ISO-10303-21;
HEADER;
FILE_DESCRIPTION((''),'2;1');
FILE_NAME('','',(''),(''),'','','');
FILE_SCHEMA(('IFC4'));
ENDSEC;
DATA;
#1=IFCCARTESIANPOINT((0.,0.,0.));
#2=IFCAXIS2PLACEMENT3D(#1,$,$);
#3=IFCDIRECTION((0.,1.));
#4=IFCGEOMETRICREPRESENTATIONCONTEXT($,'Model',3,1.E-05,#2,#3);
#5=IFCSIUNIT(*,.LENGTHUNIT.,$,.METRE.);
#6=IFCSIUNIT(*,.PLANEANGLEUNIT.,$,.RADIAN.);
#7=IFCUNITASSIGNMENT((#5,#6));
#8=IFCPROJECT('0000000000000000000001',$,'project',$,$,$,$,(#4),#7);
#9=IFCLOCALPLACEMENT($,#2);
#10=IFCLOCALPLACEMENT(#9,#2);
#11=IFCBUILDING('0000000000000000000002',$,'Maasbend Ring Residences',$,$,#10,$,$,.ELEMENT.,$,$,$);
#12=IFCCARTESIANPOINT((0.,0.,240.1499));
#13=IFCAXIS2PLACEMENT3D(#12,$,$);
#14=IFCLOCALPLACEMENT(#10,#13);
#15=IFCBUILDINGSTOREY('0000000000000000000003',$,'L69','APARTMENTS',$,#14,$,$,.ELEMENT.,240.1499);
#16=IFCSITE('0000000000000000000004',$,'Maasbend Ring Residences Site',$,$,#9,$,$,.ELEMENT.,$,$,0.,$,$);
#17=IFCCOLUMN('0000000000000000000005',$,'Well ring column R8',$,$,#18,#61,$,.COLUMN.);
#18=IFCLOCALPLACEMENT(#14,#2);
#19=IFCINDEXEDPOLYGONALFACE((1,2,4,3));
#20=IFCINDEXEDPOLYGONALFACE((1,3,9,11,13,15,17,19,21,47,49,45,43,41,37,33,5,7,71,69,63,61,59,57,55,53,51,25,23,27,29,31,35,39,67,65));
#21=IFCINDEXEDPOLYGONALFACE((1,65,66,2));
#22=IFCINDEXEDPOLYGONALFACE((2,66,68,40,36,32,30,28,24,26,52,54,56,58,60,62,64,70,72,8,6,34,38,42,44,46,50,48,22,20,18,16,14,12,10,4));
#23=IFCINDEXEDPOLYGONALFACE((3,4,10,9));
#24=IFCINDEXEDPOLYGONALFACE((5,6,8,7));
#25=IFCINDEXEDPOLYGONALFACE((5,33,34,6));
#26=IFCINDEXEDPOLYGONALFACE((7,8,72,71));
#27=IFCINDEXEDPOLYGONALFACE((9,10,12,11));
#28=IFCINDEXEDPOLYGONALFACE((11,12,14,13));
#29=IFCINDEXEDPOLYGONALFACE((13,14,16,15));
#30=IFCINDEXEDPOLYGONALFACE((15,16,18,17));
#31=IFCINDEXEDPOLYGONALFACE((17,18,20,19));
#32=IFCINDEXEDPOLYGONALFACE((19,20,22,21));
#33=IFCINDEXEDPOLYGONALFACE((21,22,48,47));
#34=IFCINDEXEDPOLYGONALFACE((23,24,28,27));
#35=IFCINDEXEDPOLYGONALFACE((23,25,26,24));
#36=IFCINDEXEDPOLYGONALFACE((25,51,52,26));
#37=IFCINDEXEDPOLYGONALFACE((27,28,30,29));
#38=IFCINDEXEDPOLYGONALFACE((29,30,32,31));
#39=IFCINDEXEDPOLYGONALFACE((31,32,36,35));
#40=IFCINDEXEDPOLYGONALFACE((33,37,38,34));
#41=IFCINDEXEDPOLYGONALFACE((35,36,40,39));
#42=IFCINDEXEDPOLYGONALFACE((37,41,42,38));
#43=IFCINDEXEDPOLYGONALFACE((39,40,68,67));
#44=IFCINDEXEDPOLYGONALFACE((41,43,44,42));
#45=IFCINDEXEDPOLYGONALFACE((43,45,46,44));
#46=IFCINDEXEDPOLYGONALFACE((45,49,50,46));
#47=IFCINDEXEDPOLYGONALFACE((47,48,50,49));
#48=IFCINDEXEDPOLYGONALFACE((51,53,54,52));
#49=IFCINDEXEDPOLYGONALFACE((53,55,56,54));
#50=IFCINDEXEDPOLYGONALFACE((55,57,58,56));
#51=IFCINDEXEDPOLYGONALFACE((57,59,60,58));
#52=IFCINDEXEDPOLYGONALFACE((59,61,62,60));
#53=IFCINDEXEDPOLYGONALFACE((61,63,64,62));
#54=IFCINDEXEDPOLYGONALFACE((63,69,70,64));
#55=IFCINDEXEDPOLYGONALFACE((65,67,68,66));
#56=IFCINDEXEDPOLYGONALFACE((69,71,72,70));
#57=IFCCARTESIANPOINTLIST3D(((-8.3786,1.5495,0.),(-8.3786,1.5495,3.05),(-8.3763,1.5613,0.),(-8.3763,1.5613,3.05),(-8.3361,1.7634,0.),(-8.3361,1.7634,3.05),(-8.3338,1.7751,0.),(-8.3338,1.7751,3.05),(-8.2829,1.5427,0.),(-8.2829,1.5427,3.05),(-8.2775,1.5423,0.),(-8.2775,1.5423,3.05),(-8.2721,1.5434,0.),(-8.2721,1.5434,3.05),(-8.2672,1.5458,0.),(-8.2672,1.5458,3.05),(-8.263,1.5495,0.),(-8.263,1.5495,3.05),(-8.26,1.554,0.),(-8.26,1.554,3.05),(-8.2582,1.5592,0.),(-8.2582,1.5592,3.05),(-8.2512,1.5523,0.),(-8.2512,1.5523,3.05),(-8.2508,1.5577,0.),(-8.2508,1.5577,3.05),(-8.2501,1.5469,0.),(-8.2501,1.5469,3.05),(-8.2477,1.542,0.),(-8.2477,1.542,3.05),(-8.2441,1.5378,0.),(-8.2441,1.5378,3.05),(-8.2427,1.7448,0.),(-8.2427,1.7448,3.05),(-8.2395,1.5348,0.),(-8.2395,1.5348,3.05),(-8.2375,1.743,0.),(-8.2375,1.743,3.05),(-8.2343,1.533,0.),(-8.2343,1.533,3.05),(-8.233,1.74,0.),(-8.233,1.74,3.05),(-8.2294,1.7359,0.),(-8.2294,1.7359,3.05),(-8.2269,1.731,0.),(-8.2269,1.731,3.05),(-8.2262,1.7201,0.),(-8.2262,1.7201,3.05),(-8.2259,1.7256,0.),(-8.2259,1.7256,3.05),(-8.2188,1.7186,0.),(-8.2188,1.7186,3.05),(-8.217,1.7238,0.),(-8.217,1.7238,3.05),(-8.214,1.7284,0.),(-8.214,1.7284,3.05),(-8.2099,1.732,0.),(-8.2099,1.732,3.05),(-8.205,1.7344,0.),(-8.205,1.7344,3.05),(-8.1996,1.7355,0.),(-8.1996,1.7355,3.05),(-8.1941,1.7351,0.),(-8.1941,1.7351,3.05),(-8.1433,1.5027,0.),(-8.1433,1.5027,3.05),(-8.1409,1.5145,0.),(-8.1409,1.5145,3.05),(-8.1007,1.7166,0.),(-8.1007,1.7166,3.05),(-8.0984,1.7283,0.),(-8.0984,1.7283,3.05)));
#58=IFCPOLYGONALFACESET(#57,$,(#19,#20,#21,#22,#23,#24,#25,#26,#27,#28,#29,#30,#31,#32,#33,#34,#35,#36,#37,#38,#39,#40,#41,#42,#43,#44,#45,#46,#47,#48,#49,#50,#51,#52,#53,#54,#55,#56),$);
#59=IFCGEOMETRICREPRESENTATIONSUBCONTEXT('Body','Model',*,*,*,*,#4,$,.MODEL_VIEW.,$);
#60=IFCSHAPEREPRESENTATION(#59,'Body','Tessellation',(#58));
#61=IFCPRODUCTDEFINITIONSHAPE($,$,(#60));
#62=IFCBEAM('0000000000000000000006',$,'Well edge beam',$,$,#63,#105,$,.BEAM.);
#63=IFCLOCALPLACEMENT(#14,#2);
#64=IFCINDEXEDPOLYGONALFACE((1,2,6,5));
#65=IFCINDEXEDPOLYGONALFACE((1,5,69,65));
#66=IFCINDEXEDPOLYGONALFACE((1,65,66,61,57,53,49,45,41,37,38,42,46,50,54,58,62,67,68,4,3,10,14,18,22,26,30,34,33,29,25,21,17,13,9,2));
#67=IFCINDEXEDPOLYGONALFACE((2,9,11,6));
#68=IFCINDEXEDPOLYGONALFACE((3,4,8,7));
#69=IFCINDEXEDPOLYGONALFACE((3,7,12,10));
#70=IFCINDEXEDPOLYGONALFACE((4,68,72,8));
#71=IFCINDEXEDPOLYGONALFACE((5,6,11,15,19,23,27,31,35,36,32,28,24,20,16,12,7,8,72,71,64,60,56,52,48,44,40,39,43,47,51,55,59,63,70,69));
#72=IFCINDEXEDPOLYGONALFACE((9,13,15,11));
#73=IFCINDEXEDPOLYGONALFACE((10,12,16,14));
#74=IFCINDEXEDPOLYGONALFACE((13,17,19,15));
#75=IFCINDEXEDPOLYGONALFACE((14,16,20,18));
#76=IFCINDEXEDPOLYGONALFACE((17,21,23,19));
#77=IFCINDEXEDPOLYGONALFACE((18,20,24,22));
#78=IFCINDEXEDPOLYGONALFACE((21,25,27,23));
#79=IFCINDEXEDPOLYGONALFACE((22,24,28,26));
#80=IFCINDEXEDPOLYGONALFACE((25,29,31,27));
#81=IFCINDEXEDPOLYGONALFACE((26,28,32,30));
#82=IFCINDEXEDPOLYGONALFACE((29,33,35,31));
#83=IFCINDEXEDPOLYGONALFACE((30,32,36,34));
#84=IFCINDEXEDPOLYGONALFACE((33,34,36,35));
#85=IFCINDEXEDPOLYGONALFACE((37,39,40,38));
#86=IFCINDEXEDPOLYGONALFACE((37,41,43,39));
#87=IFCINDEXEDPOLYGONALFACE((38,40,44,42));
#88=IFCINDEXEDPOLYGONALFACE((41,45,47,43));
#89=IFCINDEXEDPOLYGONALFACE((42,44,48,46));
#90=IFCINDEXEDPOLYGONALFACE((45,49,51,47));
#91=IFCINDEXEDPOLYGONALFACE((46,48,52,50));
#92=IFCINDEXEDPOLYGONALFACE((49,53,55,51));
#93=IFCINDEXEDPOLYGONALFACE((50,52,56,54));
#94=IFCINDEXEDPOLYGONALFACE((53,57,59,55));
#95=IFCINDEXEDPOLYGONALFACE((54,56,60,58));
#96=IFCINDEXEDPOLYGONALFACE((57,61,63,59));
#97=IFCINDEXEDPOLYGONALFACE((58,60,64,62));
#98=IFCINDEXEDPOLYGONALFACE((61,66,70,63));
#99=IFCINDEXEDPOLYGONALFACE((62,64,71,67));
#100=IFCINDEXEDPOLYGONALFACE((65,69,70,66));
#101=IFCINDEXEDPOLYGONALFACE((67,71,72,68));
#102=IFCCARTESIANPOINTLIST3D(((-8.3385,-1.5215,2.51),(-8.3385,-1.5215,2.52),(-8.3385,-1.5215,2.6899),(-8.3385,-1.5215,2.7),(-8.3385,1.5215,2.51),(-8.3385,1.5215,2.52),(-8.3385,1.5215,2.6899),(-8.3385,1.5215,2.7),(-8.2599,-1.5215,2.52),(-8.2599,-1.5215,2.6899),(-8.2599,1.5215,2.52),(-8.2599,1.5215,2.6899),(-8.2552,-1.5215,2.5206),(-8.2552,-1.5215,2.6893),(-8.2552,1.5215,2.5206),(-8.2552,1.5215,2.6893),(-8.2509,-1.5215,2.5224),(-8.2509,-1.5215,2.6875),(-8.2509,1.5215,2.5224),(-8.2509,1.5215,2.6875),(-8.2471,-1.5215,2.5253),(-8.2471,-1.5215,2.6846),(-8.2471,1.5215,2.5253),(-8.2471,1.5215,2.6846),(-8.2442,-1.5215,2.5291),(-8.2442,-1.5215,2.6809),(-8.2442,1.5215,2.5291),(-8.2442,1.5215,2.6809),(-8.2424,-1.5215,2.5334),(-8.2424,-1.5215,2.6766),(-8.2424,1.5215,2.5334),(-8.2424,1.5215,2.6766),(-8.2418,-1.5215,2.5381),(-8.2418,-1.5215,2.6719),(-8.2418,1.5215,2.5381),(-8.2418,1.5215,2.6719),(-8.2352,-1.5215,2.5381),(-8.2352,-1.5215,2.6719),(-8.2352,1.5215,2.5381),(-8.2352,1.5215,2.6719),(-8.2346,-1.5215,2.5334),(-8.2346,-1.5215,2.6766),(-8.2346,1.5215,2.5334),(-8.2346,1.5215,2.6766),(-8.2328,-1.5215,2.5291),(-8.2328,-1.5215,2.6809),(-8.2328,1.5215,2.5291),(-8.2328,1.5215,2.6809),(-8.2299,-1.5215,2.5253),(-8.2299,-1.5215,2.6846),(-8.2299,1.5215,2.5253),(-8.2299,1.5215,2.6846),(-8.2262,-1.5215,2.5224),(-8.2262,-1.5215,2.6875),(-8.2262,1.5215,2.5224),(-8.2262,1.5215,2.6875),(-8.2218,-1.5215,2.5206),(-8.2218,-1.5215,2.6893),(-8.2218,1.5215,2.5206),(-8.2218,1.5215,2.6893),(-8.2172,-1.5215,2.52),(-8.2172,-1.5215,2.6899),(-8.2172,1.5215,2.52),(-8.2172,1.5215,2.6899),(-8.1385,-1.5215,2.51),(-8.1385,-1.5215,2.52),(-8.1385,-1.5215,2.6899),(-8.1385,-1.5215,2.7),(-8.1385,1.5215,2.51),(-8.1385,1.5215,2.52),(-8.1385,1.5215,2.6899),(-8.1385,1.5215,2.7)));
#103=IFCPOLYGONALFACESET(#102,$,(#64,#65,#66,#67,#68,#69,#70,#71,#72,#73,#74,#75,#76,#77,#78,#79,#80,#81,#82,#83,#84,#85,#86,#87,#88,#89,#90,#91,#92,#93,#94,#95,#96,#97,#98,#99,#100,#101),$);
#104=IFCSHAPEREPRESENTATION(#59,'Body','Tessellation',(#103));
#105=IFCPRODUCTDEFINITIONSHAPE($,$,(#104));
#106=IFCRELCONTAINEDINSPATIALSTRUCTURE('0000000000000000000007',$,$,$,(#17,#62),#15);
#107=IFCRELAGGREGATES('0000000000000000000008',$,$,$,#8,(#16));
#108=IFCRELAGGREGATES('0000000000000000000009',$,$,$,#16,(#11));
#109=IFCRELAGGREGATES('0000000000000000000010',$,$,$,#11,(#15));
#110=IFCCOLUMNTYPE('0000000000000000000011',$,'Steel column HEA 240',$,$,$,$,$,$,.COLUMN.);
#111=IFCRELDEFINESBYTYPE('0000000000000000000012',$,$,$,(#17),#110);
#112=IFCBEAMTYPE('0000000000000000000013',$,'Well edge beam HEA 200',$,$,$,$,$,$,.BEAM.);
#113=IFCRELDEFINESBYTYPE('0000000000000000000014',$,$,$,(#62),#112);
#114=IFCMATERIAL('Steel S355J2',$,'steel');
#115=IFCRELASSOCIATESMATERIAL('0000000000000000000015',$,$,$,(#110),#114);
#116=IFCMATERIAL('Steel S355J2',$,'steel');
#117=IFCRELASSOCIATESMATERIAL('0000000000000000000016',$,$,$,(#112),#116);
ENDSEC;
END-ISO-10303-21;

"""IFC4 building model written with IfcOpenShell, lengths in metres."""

from ifc_helpers import new_model, si_unit, direction, frame, origin, origin_2d, place, context, subcontext, project, spatial, i_section, extrude, material, material_profile, profile_set, type_object, element, save


model = new_model("IFC4")

# Units and contexts
model_context = context("Model", 3, precision=1e-05, world=origin(), true_north=direction((0.0, 1.0)))
body_context = subcontext(model_context, "Body", "Model", "MODEL_VIEW")
ifc_project = project(units=[si_unit("LENGTHUNIT", "METRE"), si_unit("PLANEANGLEUNIT", "RADIAN")], contexts=[model_context])

# Site, building, storey
site_placement = place(None, origin())
site = spatial("IfcSite", under=ifc_project, at=site_placement, Name="Maasbend Ring Residences Site", CompositionType="ELEMENT", RefElevation=0.0)
building_placement = place(site_placement, origin())
building = spatial("IfcBuilding", under=site, at=building_placement, Name="Maasbend Ring Residences", CompositionType="ELEMENT")
storey_placement = place(building_placement, frame((0.0, 0.0, 240.1499)))
storey = spatial("IfcBuildingStorey", under=building, at=storey_placement, Name="L69", Description="APARTMENTS", CompositionType="ELEMENT", Elevation=240.1499)

# Column
ifc_material_1 = material(Name="Steel S355J2", Category="steel")
ifc_material_profile_1 = material_profile(ifc_material_1, i_section(OverallWidth=0.24, OverallDepth=0.23, WebThickness=0.0076, FlangeThickness=0.012, FilletRadius=0.021, at=origin_2d()), Name="HEA 240")
ifc_profile_set_1 = profile_set([ifc_material_profile_1], Name="Steel S355J2")
column_type = type_object("IfcColumnType", Name="Steel column HEA 240", PredefinedType="COLUMN", material=ifc_profile_set_1)
column_placement = place(storey_placement, frame((-8.2385, 1.6389, 0.0), z_axis=(0.0, 0.0, 1.0), x_axis=(-0.980785, 0.19509, 0.0)))
element("IfcColumn", 1, at=column_placement, inside=storey, type_object=column_type, Name="Well ring column R8", PredefinedType="COLUMN", context=body_context, shape_type="SweptSolid", body=[
    extrude(i_section(OverallWidth=0.24, OverallDepth=0.23, WebThickness=0.0076, FlangeThickness=0.012, FilletRadius=0.021, at=origin_2d()), origin(), (0.0, 0.0, 1.0), 3.05),
])

# Beam
ifc_material_2 = material(Name="Steel S355J2", Category="steel")
ifc_material_profile_2 = material_profile(ifc_material_2, i_section(OverallWidth=0.2, OverallDepth=0.1899, WebThickness=0.0066, FlangeThickness=0.01, FilletRadius=0.0181, at=origin_2d()), Name="HEA 200")
ifc_profile_set_2 = profile_set([ifc_material_profile_2], Name="Steel S355J2")
beam_type = type_object("IfcBeamType", Name="Well edge beam HEA 200", PredefinedType="BEAM", material=ifc_profile_set_2)
beam_placement = place(storey_placement, frame((-8.2385, 1.5215, 2.605), z_axis=(0.0, -1.0, 0.0), x_axis=(1.0, 0.0, 0.0)))
element("IfcBeam", 2, at=beam_placement, inside=storey, type_object=beam_type, Name="Well edge beam", PredefinedType="BEAM", context=body_context, shape_type="SweptSolid", body=[
    extrude(i_section(OverallWidth=0.2, OverallDepth=0.1899, WebThickness=0.0066, FlangeThickness=0.01, FilletRadius=0.0181, at=origin_2d()), origin(), (0.0, 0.0, 1.0), 3.043),
])

save(model, "model.ifc")
